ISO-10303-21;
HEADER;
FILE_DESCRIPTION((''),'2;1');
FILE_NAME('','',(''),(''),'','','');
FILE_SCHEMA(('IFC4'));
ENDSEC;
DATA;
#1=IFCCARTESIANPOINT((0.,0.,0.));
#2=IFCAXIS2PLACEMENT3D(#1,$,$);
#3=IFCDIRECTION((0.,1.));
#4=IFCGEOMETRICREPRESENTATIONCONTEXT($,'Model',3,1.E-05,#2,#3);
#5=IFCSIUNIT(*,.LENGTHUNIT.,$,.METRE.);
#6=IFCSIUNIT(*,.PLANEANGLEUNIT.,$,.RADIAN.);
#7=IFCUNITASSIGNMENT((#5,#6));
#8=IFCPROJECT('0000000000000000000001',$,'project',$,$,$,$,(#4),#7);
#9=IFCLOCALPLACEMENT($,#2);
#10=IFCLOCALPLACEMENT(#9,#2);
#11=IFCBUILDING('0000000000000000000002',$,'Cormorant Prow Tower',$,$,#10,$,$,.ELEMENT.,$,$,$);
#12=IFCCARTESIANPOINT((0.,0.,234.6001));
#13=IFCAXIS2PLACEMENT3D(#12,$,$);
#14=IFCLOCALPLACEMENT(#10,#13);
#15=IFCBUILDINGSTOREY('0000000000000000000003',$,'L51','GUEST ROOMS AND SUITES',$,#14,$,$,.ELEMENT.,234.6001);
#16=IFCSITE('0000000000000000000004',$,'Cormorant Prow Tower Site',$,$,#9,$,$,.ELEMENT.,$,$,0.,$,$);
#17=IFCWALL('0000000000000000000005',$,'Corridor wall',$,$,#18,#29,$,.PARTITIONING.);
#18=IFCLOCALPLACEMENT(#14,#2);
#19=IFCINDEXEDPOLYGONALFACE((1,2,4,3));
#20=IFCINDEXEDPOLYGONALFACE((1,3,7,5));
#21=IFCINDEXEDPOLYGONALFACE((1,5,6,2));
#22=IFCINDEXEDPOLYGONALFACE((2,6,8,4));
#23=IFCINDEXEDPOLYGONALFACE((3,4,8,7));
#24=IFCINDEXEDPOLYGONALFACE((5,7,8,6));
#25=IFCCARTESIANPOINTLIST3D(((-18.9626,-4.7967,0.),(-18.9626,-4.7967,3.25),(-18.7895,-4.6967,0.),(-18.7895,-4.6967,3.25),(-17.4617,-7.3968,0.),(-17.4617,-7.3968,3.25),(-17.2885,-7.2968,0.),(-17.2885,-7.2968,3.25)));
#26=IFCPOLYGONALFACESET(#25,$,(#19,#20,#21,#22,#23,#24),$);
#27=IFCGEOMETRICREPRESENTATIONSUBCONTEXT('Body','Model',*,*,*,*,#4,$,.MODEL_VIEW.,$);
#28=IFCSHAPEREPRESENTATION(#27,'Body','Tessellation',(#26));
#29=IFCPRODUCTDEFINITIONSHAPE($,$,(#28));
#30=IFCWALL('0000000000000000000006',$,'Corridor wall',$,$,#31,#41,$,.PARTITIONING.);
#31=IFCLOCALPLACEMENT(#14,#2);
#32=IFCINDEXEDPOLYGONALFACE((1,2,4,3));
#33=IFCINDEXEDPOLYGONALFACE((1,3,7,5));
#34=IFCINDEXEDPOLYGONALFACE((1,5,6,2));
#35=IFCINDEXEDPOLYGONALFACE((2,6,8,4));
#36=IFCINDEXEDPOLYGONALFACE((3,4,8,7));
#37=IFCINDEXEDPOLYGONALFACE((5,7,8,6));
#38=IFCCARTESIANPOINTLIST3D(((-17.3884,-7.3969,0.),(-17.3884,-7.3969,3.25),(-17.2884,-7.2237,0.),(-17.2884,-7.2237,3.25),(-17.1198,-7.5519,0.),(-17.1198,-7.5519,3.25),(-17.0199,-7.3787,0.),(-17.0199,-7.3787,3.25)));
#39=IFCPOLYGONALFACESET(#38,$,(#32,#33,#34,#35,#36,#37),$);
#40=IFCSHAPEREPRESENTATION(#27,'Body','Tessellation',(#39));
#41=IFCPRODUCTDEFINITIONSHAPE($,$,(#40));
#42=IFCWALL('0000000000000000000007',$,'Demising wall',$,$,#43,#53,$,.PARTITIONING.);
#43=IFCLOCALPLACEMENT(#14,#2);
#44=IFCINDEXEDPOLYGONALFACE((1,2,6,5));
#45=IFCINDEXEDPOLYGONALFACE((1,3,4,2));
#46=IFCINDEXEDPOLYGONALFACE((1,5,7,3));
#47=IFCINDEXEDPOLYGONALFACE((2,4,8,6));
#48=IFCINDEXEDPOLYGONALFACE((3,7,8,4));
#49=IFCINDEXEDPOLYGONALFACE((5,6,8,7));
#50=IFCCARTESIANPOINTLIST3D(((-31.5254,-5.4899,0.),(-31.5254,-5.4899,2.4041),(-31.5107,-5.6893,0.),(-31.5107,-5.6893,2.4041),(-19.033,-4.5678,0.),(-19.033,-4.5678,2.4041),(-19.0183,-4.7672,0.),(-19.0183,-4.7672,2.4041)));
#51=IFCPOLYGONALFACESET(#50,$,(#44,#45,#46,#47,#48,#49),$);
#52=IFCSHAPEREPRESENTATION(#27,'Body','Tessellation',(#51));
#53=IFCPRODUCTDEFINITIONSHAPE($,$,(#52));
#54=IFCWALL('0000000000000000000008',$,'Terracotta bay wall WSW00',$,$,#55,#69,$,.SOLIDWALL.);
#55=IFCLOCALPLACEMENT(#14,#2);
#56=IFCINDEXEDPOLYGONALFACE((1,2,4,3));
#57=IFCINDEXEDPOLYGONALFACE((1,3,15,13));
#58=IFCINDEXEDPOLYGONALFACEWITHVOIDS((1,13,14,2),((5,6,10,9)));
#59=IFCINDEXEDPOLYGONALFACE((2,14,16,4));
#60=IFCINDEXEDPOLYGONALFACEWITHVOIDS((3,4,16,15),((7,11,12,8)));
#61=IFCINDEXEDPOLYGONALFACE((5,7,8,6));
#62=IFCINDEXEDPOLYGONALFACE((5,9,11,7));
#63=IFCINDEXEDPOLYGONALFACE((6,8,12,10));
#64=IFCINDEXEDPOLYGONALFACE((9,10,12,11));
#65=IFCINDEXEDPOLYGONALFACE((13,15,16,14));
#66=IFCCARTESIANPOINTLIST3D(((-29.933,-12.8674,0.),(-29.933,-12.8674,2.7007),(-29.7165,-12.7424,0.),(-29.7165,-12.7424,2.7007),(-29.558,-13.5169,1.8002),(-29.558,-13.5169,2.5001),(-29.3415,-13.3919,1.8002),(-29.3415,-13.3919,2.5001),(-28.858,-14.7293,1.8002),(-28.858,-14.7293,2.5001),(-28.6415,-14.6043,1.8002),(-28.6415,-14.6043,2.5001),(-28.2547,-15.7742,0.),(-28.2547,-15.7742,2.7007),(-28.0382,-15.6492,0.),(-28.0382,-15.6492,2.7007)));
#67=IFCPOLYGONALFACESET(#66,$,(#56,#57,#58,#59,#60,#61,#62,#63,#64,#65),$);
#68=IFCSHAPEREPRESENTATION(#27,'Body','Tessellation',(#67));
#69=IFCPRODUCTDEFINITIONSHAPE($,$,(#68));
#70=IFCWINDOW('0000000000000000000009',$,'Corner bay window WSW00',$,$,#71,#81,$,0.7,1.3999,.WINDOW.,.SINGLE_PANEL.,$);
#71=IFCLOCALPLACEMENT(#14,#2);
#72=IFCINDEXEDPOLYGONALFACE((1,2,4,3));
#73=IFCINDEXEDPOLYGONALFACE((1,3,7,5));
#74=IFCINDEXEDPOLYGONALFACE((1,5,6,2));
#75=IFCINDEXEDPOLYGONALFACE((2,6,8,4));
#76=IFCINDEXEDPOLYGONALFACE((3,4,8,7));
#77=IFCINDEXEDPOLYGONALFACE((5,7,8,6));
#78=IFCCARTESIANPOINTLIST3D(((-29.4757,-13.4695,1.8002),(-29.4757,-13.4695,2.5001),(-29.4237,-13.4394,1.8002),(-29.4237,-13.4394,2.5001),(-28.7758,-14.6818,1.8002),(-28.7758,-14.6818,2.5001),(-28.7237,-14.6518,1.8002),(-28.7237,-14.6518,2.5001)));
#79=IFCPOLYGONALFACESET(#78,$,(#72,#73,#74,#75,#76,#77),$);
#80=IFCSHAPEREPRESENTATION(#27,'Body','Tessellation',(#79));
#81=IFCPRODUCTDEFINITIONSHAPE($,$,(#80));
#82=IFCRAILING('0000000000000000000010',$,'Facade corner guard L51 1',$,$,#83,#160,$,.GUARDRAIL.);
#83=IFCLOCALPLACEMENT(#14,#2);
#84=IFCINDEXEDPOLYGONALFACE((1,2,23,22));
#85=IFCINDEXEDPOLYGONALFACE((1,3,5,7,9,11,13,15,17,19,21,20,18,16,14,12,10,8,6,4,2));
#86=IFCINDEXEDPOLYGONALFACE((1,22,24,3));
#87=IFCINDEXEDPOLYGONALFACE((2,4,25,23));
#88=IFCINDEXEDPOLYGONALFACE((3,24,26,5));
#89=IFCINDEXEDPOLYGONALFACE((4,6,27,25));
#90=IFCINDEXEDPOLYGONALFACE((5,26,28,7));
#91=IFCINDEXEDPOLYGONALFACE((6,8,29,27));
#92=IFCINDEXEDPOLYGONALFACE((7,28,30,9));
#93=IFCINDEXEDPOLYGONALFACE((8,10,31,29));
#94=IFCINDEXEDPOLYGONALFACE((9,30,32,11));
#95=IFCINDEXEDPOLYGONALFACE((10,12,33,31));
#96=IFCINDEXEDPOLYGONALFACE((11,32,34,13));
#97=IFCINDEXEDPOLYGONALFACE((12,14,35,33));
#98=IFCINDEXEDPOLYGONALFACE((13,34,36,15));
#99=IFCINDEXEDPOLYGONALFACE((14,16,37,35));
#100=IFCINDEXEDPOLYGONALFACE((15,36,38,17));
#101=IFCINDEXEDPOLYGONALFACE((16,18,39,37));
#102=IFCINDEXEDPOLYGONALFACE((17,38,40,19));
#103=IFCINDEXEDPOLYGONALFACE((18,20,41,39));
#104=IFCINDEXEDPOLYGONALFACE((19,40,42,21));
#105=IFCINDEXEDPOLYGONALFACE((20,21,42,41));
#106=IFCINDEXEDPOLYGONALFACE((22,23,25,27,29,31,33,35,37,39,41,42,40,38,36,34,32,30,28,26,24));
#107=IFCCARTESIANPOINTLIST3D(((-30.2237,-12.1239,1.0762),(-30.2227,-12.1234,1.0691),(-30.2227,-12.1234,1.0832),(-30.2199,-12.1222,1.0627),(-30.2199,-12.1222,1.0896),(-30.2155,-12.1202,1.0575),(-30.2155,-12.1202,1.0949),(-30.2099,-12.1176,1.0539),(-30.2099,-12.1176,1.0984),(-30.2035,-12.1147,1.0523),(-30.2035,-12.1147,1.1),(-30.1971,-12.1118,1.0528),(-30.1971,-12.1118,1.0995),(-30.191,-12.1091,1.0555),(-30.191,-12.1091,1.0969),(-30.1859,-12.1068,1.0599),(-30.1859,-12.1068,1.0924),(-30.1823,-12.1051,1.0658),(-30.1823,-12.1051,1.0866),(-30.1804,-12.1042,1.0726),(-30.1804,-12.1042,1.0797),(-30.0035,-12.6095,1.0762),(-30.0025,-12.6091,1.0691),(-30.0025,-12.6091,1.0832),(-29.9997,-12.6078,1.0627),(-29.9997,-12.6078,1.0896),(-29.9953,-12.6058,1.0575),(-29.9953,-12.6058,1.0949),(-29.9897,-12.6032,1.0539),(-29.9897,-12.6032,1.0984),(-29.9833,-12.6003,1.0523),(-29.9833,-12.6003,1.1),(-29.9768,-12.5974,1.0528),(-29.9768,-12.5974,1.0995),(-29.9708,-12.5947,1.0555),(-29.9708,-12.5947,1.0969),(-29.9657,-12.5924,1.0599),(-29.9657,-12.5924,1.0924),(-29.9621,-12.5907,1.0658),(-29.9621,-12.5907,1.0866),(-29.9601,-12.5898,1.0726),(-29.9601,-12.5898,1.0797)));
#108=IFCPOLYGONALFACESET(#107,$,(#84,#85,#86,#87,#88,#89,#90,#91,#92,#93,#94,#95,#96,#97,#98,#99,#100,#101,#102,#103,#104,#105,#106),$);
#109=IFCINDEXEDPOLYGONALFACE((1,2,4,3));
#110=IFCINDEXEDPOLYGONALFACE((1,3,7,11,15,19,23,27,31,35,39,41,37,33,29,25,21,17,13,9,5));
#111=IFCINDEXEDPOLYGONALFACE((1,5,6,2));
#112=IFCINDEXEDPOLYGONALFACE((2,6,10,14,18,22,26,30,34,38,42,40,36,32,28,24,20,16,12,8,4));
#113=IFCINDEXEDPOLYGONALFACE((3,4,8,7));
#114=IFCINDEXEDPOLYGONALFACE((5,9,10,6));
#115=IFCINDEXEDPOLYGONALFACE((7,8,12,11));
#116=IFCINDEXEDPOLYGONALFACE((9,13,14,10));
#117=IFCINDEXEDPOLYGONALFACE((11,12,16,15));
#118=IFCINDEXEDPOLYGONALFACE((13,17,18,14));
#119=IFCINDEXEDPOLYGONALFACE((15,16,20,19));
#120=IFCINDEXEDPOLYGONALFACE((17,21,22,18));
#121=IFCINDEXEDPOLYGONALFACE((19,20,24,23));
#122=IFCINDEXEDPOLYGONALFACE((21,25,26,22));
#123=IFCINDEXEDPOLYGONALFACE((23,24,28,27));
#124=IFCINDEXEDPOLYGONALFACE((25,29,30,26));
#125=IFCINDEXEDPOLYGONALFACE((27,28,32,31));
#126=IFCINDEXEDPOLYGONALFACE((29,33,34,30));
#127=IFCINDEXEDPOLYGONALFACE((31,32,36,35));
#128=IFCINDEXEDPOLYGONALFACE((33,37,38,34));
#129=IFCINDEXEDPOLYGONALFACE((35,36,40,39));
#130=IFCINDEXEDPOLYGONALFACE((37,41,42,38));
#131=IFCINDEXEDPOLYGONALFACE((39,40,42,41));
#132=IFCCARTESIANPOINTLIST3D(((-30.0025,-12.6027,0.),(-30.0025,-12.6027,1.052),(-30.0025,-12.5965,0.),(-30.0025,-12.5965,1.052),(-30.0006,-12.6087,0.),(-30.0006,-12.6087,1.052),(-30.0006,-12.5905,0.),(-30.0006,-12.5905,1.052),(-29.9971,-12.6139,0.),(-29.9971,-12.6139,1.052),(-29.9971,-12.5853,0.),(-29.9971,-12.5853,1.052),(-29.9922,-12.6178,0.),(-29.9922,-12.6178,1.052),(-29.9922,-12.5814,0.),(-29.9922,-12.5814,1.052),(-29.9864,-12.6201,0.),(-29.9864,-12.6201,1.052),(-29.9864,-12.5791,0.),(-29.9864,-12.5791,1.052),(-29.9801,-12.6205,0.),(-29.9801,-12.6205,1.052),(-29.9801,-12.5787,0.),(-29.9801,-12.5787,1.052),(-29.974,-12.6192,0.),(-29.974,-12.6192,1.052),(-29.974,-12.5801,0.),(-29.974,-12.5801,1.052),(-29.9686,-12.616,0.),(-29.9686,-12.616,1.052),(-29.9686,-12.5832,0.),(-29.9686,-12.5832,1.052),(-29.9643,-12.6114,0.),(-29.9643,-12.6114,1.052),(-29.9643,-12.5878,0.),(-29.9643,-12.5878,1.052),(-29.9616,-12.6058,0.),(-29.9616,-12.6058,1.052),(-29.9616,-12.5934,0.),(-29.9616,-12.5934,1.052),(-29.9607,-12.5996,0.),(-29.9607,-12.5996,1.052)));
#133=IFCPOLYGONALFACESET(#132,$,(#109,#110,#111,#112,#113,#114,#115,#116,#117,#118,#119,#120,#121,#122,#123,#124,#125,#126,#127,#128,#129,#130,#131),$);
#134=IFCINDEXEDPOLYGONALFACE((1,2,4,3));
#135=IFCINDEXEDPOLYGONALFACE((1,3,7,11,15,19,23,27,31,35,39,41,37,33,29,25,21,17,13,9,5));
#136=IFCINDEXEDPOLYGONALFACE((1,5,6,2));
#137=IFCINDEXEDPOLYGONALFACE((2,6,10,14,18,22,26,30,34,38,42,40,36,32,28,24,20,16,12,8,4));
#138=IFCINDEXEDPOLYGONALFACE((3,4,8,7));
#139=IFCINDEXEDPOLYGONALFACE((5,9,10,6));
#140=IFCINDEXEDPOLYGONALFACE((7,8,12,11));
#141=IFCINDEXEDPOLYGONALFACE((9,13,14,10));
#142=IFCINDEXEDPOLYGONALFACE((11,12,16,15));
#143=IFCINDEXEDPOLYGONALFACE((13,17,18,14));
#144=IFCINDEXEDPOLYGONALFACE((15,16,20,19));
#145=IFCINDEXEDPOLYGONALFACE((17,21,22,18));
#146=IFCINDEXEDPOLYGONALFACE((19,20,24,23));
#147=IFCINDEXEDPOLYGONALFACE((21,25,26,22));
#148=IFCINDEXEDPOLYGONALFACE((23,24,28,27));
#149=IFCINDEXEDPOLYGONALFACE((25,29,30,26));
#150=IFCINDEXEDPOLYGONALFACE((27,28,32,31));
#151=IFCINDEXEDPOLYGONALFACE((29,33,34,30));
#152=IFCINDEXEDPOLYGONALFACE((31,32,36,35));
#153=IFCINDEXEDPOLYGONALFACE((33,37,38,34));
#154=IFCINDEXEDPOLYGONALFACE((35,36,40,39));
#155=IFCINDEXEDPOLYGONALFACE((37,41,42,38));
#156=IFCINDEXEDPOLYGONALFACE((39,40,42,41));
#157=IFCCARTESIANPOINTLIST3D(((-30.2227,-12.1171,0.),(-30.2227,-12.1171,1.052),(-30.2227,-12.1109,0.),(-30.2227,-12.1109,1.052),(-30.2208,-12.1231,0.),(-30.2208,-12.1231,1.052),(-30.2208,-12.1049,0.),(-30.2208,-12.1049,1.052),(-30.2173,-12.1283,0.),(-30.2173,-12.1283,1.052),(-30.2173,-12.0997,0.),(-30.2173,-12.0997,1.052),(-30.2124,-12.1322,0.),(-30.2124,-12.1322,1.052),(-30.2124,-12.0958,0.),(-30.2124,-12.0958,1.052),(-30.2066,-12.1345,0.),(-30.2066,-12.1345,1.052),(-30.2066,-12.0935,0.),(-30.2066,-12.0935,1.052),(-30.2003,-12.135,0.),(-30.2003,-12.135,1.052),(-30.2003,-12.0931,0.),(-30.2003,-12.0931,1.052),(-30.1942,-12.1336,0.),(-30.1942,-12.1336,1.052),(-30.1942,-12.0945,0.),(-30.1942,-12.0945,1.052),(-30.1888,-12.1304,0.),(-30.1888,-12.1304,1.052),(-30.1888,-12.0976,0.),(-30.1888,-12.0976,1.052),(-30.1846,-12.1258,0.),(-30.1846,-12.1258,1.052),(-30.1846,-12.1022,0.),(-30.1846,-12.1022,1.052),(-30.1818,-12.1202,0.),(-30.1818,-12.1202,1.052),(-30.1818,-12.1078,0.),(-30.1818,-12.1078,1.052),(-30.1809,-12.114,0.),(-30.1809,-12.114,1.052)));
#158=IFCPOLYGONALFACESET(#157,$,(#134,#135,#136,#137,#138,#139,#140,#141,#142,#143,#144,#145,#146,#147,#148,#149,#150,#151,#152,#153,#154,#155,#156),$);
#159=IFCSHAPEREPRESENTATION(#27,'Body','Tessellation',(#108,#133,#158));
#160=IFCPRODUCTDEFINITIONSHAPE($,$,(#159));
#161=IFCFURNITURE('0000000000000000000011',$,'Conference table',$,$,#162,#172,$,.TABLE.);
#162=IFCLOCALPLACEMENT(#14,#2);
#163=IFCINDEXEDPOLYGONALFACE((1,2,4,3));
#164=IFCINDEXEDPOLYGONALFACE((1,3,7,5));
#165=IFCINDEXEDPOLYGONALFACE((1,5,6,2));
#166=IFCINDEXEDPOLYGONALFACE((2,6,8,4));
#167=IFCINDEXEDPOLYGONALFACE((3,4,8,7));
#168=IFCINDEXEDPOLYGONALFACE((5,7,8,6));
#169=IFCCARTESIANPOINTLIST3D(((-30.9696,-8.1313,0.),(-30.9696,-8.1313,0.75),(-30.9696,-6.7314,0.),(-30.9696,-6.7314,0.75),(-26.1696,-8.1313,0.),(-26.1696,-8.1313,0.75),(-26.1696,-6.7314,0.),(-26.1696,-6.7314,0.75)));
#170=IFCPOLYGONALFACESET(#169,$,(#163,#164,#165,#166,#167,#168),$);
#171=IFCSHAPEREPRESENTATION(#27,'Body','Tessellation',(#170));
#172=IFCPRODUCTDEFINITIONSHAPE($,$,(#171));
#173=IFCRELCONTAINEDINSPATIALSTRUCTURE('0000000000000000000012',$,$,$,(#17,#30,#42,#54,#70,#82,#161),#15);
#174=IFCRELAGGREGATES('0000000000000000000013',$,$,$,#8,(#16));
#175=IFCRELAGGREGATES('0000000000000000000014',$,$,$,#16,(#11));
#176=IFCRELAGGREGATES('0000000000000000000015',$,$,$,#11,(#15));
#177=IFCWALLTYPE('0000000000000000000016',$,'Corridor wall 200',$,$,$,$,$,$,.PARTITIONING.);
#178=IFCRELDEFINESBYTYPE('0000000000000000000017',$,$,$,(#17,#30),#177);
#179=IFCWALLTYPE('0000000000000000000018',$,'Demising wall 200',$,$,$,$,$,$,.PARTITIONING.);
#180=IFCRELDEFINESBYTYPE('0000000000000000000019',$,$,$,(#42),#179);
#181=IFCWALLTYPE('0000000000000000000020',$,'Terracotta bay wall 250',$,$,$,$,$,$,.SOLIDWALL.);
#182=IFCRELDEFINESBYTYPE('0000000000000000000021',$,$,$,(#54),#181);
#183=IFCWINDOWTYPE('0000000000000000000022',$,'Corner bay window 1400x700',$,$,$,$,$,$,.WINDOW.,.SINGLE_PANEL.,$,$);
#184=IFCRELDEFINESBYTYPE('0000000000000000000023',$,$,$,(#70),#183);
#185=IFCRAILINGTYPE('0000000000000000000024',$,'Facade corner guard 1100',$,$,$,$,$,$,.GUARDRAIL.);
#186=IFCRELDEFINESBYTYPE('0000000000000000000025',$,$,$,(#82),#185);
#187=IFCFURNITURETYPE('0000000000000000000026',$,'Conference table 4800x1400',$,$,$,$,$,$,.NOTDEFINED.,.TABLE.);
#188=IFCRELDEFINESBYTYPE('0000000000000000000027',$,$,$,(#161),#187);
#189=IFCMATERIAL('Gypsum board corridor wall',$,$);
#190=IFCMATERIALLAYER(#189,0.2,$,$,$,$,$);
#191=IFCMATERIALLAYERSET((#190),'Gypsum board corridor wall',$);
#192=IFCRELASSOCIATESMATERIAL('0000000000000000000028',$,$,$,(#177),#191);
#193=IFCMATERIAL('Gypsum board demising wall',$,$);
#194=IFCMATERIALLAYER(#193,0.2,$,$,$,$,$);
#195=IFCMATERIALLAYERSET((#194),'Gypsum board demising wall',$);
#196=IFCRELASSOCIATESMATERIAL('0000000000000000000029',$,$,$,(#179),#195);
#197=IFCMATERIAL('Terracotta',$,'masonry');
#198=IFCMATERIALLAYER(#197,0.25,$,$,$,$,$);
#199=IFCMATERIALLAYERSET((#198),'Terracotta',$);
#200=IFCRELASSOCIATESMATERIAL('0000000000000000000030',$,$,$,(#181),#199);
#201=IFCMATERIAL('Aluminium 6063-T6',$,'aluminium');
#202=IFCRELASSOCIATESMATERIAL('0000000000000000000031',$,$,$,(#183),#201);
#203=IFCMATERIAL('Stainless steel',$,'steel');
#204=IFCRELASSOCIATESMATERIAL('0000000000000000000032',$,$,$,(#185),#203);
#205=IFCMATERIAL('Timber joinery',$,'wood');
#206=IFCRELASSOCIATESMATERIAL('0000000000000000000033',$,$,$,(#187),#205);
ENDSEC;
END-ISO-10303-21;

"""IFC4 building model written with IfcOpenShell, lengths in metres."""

from ifc_helpers import new_model, si_unit, direction, frame, frame_2d, origin, origin_2d, place, context, subcontext, project, spatial, rectangle, circle, extrude, material, layer, layer_set, type_object, element, fill, save


model = new_model("IFC4")

# Units and contexts
model_context = context("Model", 3, precision=1e-05, world=origin(), true_north=direction((0.0, 1.0)))
body_context = subcontext(model_context, "Body", "Model", "MODEL_VIEW")
ifc_project = project(units=[si_unit("LENGTHUNIT", "METRE"), si_unit("PLANEANGLEUNIT", "RADIAN")], contexts=[model_context])

# Site, building, storey
site_placement = place(None, origin())
site = spatial("IfcSite", under=ifc_project, at=site_placement, Name="Cormorant Prow Tower Site", CompositionType="ELEMENT", RefElevation=0.0)
building_placement = place(site_placement, origin())
building = spatial("IfcBuilding", under=site, at=building_placement, Name="Cormorant Prow Tower", CompositionType="ELEMENT")
storey_placement = place(building_placement, frame((0.0, 0.0, 234.6001)))
storey = spatial("IfcBuildingStorey", under=building, at=storey_placement, Name="L51", Description="GUEST ROOMS AND SUITES", CompositionType="ELEMENT", Elevation=234.6001)

# Shared definitions
ifc_material_1 = material(Name="Gypsum board corridor wall")
ifc_layer_1 = layer(ifc_material_1, 0.2)
ifc_layer_set_1 = layer_set([ifc_layer_1], Name="Gypsum board corridor wall")
wall_type_1 = type_object("IfcWallType", Name="Corridor wall 200", PredefinedType="PARTITIONING", material=ifc_layer_set_1)

# Walls
wall_1_placement = place(storey_placement, frame((-18.876, -4.7468, 0.0), z_axis=(0.0, 0.0, 1.0), x_axis=(0.499952, -0.866053, 0.0)))
element("IfcWall", 1, at=wall_1_placement, inside=storey, type_object=wall_type_1, Name="Corridor wall", PredefinedType="PARTITIONING", context=body_context, shape_type="SweptSolid", body=[
    extrude(rectangle(XDim=3.0022, YDim=0.2, at=frame_2d((1.501, 0.0))), origin(), (0.0, 0.0, 1.0), 3.25),
])
wall_2_placement = place(storey_placement, frame((-17.3384, -7.3103, 0.0), z_axis=(0.0, 0.0, 1.0), x_axis=(0.866054, -0.49995, 0.0)))
element("IfcWall", 2, at=wall_2_placement, inside=storey, type_object=wall_type_1, Name="Corridor wall", PredefinedType="PARTITIONING", context=body_context, shape_type="SweptSolid", body=[
    extrude(rectangle(XDim=0.3101, YDim=0.2, at=frame_2d((0.155, 0.0))), origin(), (0.0, 0.0, 1.0), 3.25),
])
ifc_material_2 = material(Name="Gypsum board demising wall")
ifc_layer_2 = layer(ifc_material_2, 0.2)
ifc_layer_set_2 = layer_set([ifc_layer_2], Name="Gypsum board demising wall")
wall_type_2 = type_object("IfcWallType", Name="Demising wall 200", PredefinedType="PARTITIONING", material=ifc_layer_set_2)
wall_3_placement = place(storey_placement, frame((-31.5181, -5.5896, 0.0), z_axis=(0.0, 0.0, 1.0), x_axis=(0.997287, 0.073614, 0.0)))
element("IfcWall", 3, at=wall_3_placement, inside=storey, type_object=wall_type_2, Name="Demising wall", PredefinedType="PARTITIONING", context=body_context, shape_type="SweptSolid", body=[
    extrude(rectangle(XDim=12.5264, YDim=0.2, at=frame_2d((6.2632, 0.0))), origin(), (0.0, 0.0, 1.0), 2.4041),
])

# Wall, opening, window
ifc_material_3 = material(Name="Terracotta", Category="masonry")
ifc_layer_3 = layer(ifc_material_3, 0.25)
ifc_layer_set_3 = layer_set([ifc_layer_3], Name="Terracotta")
wall_type_3 = type_object("IfcWallType", Name="Terracotta bay wall 250", PredefinedType="SOLIDWALL", material=ifc_layer_set_3)
wall_4_placement = place(storey_placement, frame((-29.8247, -12.8049, 0.0), z_axis=(0.0, 0.0, 1.0), x_axis=(0.500004, -0.866023, 0.0)))
wall_4 = element("IfcWall", 4, at=wall_4_placement, inside=storey, type_object=wall_type_3, Name="Terracotta bay wall WSW00", PredefinedType="SOLIDWALL", context=body_context, shape_type="SweptSolid", body=[
    extrude(rectangle(XDim=3.3564, YDim=0.25, at=frame_2d((1.6782, 0.0))), origin(), (0.0, 0.0, 1.0), 2.7007),
])
opening_1_placement = place(wall_4_placement, frame((0.75, 0.0, 1.8)))
opening_1 = element("IfcOpeningElement", 5, at=opening_1_placement, cuts=wall_4, PredefinedType="OPENING", context=body_context, shape_type="SweptSolid", body=[
    extrude(rectangle(XDim=1.3999, YDim=0.7, at=frame_2d((0.7, 0.3501))), frame((0.0, 0.135, 0.0), z_axis=(0.0, -1.0, 0.0), x_axis=(1.0, 0.0, 0.0)), (0.0, 0.0, 1.0), 0.27),
])
ifc_material_4 = material(Name="Aluminium 6063-T6", Category="aluminium")
window_type = type_object("IfcWindowType", Name="Corner bay window 1400x700", PartitioningType="SINGLE_PANEL", PredefinedType="WINDOW", material=ifc_material_4)
window_placement = place(opening_1_placement, origin())
window = element("IfcWindow", 6, at=window_placement, inside=storey, type_object=window_type, Name="Corner bay window WSW00", OverallHeight=0.7, OverallWidth=1.3999, PartitioningType="SINGLE_PANEL", PredefinedType="WINDOW", context=body_context, shape_type="SweptSolid", body=[
    extrude(rectangle(XDim=1.3999, YDim=0.7, at=frame_2d((0.7, 0.3501))), frame((0.0, 0.03, 0.0), z_axis=(0.0, -1.0, 0.0), x_axis=(1.0, 0.0, 0.0)), (0.0, 0.0, 1.0), 0.0601),
])
fill(opening_1, window)

# Railing
ifc_material_5 = material(Name="Stainless steel", Category="steel")
railing_type = type_object("IfcRailingType", Name="Facade corner guard 1100", PredefinedType="GUARDRAIL", material=ifc_material_5)
railing_placement = place(storey_placement, frame((-29.9817, -12.5996, 0.0)))
element("IfcRailing", 7, at=railing_placement, inside=storey, type_object=railing_type, Name="Facade corner guard L51 1", PredefinedType="GUARDRAIL", context=body_context, shape_type="SweptSolid", body=[
    extrude(circle(Radius=0.0239, at=origin_2d()), frame((0.0, 0.0, 1.0762), z_axis=(-0.413009, 0.910727, 0.0), x_axis=(-0.910727, -0.413009, 0.0)), (0.0, 0.0, 1.0), 0.5332),
    extrude(circle(Radius=0.021, at=origin_2d()), origin(), (0.0, 0.0, 1.0), 1.052),
    extrude(circle(Radius=0.021, at=origin_2d()), frame((-0.2202, 0.4856, 0.0)), (0.0, 0.0, 1.0), 1.052),
])

# Furniture
ifc_material_6 = material(Name="Timber joinery", Category="wood")
furniture_type = type_object("IfcFurnitureType", Name="Conference table 4800x1400", AssemblyPlace="NOTDEFINED", PredefinedType="TABLE", material=ifc_material_6)
furniture_placement = place(storey_placement, frame((-28.5696, -7.4314, 0.0), z_axis=(0.0, 0.0, 1.0), x_axis=(1.0, 0.0, 0.0)))
element("IfcFurniture", 8, at=furniture_placement, inside=storey, type_object=furniture_type, Name="Conference table", PredefinedType="TABLE", context=body_context, shape_type="SweptSolid", body=[
    extrude(rectangle(XDim=4.8, YDim=1.3999, at=origin_2d()), origin(), (0.0, 0.0, 1.0), 0.75),
])

save(model, "model.ifc")
